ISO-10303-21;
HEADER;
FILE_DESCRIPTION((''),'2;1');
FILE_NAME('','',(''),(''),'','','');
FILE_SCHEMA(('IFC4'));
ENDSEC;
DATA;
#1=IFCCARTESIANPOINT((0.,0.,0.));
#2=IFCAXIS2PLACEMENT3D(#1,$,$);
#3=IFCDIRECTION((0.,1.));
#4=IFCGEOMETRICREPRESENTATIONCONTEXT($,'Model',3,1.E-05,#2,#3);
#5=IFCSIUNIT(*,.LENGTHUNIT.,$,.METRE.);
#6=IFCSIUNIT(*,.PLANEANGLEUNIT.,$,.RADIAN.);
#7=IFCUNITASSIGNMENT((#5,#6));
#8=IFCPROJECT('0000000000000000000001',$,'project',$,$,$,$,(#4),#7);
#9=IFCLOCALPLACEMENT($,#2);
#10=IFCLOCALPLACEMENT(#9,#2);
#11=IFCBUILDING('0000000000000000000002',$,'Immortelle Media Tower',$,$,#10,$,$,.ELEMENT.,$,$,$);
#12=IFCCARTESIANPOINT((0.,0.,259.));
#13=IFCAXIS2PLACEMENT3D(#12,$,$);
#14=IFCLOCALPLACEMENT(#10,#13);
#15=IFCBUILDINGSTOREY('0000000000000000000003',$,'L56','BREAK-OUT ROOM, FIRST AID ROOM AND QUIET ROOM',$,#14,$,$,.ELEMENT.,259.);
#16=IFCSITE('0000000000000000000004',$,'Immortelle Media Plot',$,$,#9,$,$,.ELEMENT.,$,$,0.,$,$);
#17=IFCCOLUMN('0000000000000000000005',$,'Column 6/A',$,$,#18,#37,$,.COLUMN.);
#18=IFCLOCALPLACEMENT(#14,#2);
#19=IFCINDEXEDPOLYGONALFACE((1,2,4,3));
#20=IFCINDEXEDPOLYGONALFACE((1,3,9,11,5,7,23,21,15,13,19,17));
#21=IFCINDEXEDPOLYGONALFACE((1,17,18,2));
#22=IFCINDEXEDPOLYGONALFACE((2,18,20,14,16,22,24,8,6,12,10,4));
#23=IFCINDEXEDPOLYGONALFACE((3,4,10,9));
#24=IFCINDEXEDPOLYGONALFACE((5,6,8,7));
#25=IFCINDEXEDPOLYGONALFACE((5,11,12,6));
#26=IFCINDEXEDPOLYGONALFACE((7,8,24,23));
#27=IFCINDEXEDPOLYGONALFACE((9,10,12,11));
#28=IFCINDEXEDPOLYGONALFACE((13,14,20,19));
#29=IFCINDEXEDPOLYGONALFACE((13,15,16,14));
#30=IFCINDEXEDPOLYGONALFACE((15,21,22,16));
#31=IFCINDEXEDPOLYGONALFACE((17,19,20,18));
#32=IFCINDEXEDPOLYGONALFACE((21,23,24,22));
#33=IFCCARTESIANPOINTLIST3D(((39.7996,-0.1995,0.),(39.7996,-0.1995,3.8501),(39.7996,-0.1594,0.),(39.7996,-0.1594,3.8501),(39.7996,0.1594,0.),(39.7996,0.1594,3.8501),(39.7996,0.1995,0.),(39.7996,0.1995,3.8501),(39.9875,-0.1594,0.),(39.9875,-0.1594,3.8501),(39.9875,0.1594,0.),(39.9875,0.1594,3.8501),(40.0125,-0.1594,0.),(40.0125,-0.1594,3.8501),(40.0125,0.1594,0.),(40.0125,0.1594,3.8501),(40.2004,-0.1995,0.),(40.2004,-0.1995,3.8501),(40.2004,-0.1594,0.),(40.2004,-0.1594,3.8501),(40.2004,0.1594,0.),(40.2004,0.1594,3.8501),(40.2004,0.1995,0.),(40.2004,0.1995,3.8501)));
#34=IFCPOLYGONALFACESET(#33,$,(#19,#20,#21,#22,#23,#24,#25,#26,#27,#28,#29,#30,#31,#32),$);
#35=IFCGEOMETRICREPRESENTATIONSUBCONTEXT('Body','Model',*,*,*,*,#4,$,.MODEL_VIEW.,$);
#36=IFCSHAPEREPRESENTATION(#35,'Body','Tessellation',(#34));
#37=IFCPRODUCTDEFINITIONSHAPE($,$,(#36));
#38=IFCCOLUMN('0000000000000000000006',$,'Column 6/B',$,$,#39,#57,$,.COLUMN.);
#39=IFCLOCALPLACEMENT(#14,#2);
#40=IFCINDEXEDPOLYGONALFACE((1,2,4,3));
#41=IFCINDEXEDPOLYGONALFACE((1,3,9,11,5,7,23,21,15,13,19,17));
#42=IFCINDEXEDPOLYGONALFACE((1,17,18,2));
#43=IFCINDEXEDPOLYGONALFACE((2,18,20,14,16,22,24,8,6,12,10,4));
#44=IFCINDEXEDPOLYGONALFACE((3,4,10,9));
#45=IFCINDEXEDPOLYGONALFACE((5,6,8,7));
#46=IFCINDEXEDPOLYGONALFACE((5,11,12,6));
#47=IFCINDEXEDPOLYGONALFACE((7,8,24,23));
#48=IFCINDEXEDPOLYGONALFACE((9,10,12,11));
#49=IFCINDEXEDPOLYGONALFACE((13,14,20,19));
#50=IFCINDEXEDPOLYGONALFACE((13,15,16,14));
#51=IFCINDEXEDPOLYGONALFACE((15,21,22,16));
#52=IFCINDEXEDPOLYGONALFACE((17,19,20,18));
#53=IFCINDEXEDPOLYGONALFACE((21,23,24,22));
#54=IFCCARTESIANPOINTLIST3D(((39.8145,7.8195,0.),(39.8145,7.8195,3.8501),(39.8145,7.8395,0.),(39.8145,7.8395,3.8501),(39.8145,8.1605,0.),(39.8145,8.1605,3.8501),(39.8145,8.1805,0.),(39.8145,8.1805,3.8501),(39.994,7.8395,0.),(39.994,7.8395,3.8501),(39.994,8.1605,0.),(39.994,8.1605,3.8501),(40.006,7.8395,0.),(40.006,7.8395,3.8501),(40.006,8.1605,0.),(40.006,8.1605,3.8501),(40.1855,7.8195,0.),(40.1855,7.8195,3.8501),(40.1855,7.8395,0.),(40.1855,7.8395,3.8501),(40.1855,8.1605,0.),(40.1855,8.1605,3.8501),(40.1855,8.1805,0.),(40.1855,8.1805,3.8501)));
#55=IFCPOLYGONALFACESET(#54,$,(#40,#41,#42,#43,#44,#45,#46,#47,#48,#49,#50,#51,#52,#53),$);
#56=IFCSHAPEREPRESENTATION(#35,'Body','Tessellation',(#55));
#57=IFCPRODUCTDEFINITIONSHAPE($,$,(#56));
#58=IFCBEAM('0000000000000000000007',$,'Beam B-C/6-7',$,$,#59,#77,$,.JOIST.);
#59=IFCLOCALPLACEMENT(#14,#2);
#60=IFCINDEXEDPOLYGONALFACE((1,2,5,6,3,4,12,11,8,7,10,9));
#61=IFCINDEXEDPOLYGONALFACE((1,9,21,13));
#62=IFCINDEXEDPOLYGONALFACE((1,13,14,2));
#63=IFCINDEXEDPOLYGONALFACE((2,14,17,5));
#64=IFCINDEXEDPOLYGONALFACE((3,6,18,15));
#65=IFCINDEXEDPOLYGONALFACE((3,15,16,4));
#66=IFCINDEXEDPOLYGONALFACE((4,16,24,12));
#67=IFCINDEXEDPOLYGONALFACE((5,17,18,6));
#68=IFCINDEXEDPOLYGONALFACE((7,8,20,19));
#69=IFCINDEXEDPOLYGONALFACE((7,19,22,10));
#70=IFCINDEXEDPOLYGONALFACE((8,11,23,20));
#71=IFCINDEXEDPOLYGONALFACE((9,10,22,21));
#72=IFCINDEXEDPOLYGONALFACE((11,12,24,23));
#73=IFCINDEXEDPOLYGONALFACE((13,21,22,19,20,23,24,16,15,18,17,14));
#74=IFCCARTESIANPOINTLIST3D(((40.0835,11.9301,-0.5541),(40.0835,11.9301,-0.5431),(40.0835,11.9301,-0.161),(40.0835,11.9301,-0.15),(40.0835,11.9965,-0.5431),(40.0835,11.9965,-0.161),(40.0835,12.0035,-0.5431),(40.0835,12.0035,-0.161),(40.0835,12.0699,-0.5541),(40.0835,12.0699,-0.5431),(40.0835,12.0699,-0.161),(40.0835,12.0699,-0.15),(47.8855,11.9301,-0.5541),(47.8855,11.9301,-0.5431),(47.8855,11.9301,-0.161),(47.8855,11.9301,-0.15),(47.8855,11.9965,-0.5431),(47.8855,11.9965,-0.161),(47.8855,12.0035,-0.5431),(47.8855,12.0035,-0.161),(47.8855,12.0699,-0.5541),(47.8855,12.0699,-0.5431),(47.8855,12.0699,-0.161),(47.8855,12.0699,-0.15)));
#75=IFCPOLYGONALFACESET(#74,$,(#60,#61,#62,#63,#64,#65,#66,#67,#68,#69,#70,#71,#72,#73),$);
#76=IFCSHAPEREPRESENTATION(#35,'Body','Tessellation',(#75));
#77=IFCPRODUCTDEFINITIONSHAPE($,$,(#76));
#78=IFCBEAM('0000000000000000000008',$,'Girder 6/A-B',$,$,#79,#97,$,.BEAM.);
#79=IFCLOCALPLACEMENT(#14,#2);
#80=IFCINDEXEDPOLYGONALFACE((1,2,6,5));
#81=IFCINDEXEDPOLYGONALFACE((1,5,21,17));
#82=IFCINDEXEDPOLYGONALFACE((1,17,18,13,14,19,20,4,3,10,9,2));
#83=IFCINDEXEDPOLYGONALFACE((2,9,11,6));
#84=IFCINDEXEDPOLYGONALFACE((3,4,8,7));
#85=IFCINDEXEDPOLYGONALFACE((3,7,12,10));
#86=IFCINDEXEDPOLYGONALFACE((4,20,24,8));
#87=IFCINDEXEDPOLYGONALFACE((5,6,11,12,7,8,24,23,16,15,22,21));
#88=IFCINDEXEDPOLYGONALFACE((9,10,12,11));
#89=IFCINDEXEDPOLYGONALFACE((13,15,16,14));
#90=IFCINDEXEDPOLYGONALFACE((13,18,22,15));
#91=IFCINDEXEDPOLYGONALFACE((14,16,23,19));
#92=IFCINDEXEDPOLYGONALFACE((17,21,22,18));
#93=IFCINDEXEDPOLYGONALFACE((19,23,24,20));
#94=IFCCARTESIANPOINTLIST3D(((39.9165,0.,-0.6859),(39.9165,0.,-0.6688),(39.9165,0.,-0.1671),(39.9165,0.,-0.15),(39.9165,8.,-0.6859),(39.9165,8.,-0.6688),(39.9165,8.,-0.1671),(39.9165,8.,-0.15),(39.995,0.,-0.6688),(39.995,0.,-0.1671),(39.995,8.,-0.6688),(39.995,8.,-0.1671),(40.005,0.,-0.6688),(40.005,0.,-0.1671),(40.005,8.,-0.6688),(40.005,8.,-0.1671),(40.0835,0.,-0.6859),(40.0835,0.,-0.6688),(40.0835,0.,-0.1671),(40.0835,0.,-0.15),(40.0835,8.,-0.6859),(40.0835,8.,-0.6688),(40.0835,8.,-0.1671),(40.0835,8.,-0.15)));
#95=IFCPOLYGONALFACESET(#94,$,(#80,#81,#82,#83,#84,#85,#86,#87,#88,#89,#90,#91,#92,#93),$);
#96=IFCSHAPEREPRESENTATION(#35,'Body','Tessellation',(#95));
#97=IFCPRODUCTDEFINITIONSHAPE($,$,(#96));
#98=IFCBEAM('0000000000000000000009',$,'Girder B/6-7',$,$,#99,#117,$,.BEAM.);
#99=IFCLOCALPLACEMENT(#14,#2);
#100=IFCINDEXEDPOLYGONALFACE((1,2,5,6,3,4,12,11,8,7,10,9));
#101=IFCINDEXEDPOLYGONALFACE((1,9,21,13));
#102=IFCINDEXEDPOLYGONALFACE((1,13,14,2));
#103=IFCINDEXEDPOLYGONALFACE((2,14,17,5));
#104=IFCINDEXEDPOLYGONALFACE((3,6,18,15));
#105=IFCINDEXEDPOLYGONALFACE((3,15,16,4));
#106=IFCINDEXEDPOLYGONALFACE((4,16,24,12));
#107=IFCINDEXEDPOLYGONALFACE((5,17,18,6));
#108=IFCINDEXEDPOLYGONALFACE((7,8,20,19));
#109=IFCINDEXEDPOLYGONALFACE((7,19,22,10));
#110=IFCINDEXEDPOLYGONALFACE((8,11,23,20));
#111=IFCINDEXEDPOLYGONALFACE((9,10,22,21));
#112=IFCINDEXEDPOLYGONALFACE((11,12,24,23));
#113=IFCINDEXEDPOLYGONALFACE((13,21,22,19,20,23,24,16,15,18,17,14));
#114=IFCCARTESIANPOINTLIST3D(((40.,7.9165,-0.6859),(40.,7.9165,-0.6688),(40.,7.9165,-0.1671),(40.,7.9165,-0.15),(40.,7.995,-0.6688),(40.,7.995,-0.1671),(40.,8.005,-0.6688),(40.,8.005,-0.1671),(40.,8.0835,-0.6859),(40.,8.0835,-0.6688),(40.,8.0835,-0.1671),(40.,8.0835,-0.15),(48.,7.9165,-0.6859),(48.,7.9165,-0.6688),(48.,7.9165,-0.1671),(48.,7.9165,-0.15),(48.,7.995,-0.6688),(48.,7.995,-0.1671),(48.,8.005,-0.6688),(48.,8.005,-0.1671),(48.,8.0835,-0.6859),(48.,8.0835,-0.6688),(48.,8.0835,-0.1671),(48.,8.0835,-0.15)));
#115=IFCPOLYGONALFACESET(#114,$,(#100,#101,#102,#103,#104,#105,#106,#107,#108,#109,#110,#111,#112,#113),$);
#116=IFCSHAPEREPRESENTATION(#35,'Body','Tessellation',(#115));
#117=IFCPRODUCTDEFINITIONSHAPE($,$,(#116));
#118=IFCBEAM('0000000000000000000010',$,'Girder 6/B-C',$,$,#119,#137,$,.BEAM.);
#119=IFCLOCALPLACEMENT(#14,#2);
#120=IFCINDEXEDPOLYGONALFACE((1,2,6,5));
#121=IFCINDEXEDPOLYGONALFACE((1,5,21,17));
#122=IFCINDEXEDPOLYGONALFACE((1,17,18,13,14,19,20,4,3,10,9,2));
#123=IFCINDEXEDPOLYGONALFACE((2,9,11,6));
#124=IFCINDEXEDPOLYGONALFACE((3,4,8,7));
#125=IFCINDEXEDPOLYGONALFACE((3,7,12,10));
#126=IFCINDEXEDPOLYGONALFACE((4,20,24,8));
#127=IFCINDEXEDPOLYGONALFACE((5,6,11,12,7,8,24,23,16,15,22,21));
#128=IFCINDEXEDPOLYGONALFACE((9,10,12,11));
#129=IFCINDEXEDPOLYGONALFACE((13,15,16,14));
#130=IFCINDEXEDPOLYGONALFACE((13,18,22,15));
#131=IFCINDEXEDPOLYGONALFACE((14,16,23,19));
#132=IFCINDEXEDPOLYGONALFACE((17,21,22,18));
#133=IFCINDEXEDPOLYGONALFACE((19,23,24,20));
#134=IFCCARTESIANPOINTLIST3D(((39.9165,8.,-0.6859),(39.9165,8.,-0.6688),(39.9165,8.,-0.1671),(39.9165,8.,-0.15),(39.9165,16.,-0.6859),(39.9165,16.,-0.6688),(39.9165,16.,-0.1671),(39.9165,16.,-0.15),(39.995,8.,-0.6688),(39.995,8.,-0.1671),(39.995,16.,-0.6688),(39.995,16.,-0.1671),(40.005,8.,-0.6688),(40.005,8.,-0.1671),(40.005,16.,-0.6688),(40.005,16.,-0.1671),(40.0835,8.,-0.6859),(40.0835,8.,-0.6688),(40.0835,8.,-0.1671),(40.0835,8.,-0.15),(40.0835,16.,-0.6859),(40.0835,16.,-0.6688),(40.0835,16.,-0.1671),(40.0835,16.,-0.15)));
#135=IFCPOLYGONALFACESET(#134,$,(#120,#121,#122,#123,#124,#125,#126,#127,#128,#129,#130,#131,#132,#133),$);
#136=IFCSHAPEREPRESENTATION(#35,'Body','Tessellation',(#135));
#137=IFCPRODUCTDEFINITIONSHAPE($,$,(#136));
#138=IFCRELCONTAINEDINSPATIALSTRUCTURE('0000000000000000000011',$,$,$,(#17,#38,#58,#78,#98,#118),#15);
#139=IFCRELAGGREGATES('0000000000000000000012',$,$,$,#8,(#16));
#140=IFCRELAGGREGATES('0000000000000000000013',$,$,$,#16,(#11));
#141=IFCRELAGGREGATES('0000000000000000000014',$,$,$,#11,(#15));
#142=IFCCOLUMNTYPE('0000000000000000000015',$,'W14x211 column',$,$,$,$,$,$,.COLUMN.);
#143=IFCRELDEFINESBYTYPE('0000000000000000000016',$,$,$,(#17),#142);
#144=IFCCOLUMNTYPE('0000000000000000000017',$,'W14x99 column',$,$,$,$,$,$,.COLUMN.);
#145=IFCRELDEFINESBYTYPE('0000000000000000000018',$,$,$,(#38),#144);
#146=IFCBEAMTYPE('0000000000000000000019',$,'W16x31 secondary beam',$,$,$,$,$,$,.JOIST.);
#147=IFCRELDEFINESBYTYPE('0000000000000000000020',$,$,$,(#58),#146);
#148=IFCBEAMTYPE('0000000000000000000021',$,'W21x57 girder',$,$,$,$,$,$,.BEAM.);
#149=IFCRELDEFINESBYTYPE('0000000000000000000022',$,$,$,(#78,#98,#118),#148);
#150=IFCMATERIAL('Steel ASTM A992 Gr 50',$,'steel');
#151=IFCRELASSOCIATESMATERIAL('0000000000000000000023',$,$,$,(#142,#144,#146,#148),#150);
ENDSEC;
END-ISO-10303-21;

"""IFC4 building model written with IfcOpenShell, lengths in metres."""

from ifc_helpers import new_model, si_unit, direction, frame, origin, origin_2d, place, context, subcontext, project, spatial, i_section, extrude, material, material_profile, profile_set, type_object, element, save


model = new_model("IFC4")

# Units and contexts
model_context = context("Model", 3, precision=1e-05, world=origin(), true_north=direction((0.0, 1.0)))
body_context = subcontext(model_context, "Body", "Model", "MODEL_VIEW")
ifc_project = project(units=[si_unit("LENGTHUNIT", "METRE"), si_unit("PLANEANGLEUNIT", "RADIAN")], contexts=[model_context])

# Site, building, storey
site_placement = place(None, origin())
site = spatial("IfcSite", under=ifc_project, at=site_placement, Name="Immortelle Media Plot", CompositionType="ELEMENT", RefElevation=0.0)
building_placement = place(site_placement, origin())
building = spatial("IfcBuilding", under=site, at=building_placement, Name="Immortelle Media Tower", CompositionType="ELEMENT")
storey_placement = place(building_placement, frame((0.0, 0.0, 259.0)))
storey = spatial("IfcBuildingStorey", under=building, at=storey_placement, Name="L56", Description="BREAK-OUT ROOM, FIRST AID ROOM AND QUIET ROOM", CompositionType="ELEMENT", Elevation=259.0)

# Columns
ifc_material_1 = material(Name="Steel ASTM A992 Gr 50", Category="steel")
ifc_material_profile_1 = material_profile(ifc_material_1, i_section(OverallWidth=0.4009, OverallDepth=0.3989, WebThickness=0.0249, FlangeThickness=0.04, at=origin_2d()), Name="W14x211")
ifc_profile_set_1 = profile_set([ifc_material_profile_1], Name="Steel ASTM A992 Gr 50")
column_type_1 = type_object("IfcColumnType", Name="W14x211 column", PredefinedType="COLUMN", material=ifc_profile_set_1)
column_1_placement = place(storey_placement, frame((40.0, 0.0, 0.0), z_axis=(0.0, 0.0, 1.0), x_axis=(1.0, 0.0, 0.0)))
element("IfcColumn", 1, at=column_1_placement, inside=storey, type_object=column_type_1, Name="Column 6/A", PredefinedType="COLUMN", context=body_context, shape_type="SweptSolid", body=[
    extrude(i_section(OverallWidth=0.4009, OverallDepth=0.3989, WebThickness=0.0249, FlangeThickness=0.04, at=origin_2d()), origin(), (0.0, 0.0, 1.0), 3.8501),
])
ifc_material_profile_2 = material_profile(ifc_material_1, i_section(OverallWidth=0.3711, OverallDepth=0.3611, WebThickness=0.012, FlangeThickness=0.02, at=origin_2d()), Name="W14x99")
ifc_profile_set_2 = profile_set([ifc_material_profile_2], Name="Steel ASTM A992 Gr 50")
column_type_2 = type_object("IfcColumnType", Name="W14x99 column", PredefinedType="COLUMN", material=ifc_profile_set_2)
column_2_placement = place(storey_placement, frame((40.0, 8.0, 0.0), z_axis=(0.0, 0.0, 1.0), x_axis=(1.0, 0.0, 0.0)))
element("IfcColumn", 2, at=column_2_placement, inside=storey, type_object=column_type_2, Name="Column 6/B", PredefinedType="COLUMN", context=body_context, shape_type="SweptSolid", body=[
    extrude(i_section(OverallWidth=0.3711, OverallDepth=0.3611, WebThickness=0.012, FlangeThickness=0.02, at=origin_2d()), origin(), (0.0, 0.0, 1.0), 3.8501),
])

# Beams
ifc_material_profile_3 = material_profile(ifc_material_1, i_section(OverallWidth=0.1399, OverallDepth=0.4041, WebThickness=0.0071, FlangeThickness=0.011, at=origin_2d()), Name="W16x31")
ifc_profile_set_3 = profile_set([ifc_material_profile_3], Name="Steel ASTM A992 Gr 50")
beam_type_1 = type_object("IfcBeamType", Name="W16x31 secondary beam", PredefinedType="JOIST", material=ifc_profile_set_3)
beam_placement = place(storey_placement, frame((40.0835, 12.0, -0.3521), z_axis=(1.0, 0.0, 0.0), x_axis=(0.0, 1.0, 0.0)))
element("IfcBeam", 3, at=beam_placement, inside=storey, type_object=beam_type_1, Name="Beam B-C/6-7", PredefinedType="JOIST", context=body_context, shape_type="SweptSolid", body=[
    extrude(i_section(OverallWidth=0.1399, OverallDepth=0.4041, WebThickness=0.0071, FlangeThickness=0.011, at=origin_2d()), origin(), (0.0, 0.0, 1.0), 7.802),
])
ifc_material_profile_4 = material_profile(ifc_material_1, i_section(OverallWidth=0.167, OverallDepth=0.5359, WebThickness=0.01, FlangeThickness=0.0171, at=origin_2d()), Name="W21x57")
ifc_profile_set_4 = profile_set([ifc_material_profile_4], Name="Steel ASTM A992 Gr 50")
beam_type_2 = type_object("IfcBeamType", Name="W21x57 girder", PredefinedType="BEAM", material=ifc_profile_set_4)
for number, where, z_axis, x_axis, name in (
    (4, (40.0, 0.0, -0.418), (0.0, 1.0, 0.0), (-1.0, 0.0, 0.0), "Girder 6/A-B"),
    (5, (40.0, 8.0, -0.418), (1.0, 0.0, 0.0), (0.0, 1.0, 0.0), "Girder B/6-7"),
    (6, (40.0, 8.0, -0.418), (0.0, 1.0, 0.0), (-1.0, 0.0, 0.0), "Girder 6/B-C"),
):
    element("IfcBeam", number, at=place(storey_placement, frame(where, z_axis=z_axis, x_axis=x_axis)), inside=storey, type_object=beam_type_2, Name=name, PredefinedType="BEAM", context=body_context, shape_type="SweptSolid", body=[
        extrude(i_section(OverallWidth=0.167, OverallDepth=0.5359, WebThickness=0.01, FlangeThickness=0.0171, at=origin_2d()), origin(), (0.0, 0.0, 1.0), 8.0),
    ])

save(model, "model.ifc")
